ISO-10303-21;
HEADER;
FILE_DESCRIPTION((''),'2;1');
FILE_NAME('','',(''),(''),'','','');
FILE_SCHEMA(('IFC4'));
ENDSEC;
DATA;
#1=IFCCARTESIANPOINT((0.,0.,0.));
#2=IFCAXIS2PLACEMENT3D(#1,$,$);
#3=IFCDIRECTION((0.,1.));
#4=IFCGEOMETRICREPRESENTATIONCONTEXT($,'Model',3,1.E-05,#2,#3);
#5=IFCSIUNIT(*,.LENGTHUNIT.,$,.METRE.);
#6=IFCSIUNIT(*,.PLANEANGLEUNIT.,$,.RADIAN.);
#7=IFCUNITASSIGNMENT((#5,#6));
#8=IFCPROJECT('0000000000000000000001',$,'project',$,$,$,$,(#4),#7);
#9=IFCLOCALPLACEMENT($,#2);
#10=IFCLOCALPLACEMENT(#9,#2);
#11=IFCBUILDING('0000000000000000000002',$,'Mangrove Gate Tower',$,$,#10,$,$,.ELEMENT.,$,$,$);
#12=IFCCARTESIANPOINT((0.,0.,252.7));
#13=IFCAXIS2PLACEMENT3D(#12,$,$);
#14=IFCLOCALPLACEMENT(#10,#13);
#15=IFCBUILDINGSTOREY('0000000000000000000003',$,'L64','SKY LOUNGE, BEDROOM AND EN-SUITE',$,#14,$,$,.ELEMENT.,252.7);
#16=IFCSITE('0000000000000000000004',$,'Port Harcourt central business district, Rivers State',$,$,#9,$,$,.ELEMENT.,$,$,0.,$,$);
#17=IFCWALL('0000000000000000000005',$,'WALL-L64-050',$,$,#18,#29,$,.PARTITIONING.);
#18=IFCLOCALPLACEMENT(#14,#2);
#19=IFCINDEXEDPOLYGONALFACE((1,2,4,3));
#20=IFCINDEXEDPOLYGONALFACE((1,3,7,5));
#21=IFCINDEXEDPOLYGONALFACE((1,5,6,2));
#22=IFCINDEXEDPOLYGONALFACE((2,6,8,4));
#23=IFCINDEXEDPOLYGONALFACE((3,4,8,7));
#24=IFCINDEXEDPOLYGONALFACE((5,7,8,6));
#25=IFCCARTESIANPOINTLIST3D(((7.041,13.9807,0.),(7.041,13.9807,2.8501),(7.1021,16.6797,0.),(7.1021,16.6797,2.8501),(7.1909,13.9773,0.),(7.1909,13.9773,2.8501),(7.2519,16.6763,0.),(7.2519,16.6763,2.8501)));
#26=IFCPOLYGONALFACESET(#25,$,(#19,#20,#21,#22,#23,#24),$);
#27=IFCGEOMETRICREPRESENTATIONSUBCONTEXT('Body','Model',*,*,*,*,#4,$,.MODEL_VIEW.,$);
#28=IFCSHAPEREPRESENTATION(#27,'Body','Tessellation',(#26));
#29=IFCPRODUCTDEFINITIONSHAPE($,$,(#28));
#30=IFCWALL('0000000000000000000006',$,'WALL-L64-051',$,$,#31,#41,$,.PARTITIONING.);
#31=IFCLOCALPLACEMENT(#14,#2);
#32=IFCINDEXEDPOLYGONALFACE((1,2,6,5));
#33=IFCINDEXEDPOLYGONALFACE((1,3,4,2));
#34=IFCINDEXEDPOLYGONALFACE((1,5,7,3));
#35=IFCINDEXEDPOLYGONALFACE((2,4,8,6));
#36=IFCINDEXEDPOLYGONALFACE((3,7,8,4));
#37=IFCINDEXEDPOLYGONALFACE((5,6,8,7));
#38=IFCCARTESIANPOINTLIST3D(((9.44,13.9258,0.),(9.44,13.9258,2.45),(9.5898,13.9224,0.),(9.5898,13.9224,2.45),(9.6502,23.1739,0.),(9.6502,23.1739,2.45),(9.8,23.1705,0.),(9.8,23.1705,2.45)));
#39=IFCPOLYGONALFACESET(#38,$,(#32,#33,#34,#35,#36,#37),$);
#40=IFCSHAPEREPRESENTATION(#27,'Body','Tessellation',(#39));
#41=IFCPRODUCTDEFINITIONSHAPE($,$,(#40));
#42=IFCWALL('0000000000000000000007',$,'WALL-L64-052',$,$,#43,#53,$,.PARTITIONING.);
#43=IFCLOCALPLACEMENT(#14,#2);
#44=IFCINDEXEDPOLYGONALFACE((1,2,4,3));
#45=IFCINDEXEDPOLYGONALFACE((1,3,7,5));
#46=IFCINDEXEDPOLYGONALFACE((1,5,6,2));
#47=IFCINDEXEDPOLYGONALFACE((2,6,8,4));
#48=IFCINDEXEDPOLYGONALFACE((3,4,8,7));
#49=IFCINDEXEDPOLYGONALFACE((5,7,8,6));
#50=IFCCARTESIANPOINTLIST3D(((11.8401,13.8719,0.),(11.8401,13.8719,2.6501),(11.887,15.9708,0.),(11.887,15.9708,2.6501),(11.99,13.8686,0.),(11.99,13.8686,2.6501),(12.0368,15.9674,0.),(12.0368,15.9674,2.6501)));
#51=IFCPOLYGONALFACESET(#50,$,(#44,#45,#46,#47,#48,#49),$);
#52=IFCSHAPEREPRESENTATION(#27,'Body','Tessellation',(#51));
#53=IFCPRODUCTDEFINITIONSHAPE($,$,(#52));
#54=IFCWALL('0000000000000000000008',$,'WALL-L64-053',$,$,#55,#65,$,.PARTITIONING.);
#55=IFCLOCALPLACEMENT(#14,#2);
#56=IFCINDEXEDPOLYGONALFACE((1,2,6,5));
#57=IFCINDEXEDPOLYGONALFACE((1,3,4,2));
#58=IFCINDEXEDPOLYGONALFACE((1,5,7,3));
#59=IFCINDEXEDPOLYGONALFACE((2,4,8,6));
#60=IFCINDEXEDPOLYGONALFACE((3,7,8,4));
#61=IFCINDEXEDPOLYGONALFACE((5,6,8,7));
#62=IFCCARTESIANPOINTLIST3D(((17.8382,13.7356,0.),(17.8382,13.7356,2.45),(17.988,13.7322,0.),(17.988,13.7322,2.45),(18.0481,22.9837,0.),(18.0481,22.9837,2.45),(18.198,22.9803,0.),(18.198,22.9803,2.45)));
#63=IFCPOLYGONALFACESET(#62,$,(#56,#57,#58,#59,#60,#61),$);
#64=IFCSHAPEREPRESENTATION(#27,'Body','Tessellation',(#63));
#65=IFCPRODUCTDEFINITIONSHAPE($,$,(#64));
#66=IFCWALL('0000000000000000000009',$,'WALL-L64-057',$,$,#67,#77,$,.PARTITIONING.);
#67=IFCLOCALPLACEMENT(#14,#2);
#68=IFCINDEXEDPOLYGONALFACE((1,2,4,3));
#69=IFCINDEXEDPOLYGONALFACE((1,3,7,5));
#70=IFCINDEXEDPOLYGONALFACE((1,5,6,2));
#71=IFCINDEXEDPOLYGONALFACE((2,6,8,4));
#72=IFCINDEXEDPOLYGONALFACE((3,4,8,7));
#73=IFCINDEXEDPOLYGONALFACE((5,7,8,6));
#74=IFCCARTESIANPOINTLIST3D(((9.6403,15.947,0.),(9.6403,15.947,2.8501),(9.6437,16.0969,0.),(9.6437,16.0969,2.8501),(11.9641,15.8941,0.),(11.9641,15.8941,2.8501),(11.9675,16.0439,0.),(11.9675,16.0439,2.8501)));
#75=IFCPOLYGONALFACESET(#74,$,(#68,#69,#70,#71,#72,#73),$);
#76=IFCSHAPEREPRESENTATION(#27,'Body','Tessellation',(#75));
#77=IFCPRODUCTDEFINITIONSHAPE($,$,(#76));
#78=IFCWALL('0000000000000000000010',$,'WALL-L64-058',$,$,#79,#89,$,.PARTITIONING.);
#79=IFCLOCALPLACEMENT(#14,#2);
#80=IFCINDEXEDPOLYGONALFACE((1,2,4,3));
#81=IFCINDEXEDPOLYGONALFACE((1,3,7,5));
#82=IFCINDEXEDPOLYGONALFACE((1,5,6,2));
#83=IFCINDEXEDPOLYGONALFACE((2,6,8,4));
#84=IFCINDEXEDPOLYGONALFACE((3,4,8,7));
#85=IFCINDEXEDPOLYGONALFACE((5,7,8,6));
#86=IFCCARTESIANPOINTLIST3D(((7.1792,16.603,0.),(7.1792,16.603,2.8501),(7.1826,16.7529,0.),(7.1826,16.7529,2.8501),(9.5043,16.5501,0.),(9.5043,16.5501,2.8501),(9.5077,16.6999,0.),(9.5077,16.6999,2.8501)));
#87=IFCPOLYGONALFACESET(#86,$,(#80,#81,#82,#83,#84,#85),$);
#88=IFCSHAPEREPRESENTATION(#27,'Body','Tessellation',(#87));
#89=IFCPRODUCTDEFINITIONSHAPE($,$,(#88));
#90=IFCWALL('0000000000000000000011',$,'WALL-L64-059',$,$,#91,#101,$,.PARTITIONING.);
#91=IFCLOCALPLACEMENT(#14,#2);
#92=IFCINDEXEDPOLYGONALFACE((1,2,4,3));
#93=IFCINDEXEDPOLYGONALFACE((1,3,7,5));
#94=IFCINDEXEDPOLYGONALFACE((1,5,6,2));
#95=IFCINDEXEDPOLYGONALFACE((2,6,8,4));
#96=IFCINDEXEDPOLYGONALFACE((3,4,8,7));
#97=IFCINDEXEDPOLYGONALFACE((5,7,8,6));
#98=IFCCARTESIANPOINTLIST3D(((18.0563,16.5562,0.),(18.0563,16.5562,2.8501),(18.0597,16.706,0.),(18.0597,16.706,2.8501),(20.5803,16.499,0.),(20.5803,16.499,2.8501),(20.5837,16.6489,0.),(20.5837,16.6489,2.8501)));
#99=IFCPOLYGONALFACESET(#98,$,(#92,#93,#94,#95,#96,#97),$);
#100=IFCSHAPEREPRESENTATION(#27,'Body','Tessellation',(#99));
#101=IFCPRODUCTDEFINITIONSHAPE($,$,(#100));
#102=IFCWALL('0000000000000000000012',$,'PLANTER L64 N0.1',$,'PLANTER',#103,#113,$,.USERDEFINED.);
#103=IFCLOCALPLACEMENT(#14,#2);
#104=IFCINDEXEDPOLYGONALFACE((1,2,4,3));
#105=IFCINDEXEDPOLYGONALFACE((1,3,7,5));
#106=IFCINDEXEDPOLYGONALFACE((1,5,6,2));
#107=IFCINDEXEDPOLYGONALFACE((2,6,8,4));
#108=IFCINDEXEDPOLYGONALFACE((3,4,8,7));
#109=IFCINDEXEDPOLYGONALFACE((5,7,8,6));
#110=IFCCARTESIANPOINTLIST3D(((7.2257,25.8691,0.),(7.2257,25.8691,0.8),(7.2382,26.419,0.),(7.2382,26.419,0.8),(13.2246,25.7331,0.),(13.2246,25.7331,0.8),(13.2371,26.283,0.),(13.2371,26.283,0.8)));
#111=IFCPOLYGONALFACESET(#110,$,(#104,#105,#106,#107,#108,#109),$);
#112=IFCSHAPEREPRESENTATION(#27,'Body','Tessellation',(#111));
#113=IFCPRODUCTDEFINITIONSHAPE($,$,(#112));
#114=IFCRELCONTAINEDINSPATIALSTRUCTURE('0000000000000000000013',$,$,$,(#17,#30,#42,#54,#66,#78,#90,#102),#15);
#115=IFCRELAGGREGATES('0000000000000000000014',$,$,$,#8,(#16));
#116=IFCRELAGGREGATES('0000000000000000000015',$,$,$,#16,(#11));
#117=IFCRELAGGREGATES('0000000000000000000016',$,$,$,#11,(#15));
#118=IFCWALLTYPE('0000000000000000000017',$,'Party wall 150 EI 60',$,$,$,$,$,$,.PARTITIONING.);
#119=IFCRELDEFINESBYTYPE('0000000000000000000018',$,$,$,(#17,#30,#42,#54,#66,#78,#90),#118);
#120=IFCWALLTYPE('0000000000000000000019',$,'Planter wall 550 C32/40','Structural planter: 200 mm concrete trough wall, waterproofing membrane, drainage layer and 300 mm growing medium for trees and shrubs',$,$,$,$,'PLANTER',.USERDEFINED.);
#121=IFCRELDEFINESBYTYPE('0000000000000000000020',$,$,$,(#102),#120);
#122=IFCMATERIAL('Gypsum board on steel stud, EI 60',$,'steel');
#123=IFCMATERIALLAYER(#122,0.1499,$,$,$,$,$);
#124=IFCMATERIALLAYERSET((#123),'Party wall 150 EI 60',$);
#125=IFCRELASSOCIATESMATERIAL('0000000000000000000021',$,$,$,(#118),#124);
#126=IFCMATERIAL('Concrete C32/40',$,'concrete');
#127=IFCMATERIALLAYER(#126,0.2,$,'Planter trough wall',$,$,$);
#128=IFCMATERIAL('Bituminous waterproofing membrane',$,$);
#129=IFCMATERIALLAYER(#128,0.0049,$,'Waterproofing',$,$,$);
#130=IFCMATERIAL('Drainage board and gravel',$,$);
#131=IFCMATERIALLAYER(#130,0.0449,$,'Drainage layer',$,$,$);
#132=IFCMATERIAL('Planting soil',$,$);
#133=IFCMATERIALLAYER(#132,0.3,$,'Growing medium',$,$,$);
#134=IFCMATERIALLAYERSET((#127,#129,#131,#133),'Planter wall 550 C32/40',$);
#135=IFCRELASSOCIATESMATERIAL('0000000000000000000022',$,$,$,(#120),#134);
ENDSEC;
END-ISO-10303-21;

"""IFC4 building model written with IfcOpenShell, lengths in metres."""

from ifc_helpers import new_model, si_unit, direction, frame, frame_2d, origin, place, context, subcontext, project, spatial, rectangle, extrude, material, layer, layer_set, type_object, element, save


model = new_model("IFC4")

# Units and contexts
model_context = context("Model", 3, precision=1e-05, world=origin(), true_north=direction((0.0, 1.0)))
body_context = subcontext(model_context, "Body", "Model", "MODEL_VIEW")
ifc_project = project(units=[si_unit("LENGTHUNIT", "METRE"), si_unit("PLANEANGLEUNIT", "RADIAN")], contexts=[model_context])

# Site, building, storey
site_placement = place(None, origin())
site = spatial("IfcSite", under=ifc_project, at=site_placement, Name="Port Harcourt central business district, Rivers State", CompositionType="ELEMENT", RefElevation=0.0)
building_placement = place(site_placement, origin())
building = spatial("IfcBuilding", under=site, at=building_placement, Name="Mangrove Gate Tower", CompositionType="ELEMENT")
storey_placement = place(building_placement, frame((0.0, 0.0, 252.7)))
storey = spatial("IfcBuildingStorey", under=building, at=storey_placement, Name="L64", Description="SKY LOUNGE, BEDROOM AND EN-SUITE", CompositionType="ELEMENT", Elevation=252.7)

# Walls
ifc_material_1 = material(Name="Gypsum board on steel stud, EI 60", Category="steel")
ifc_layer_1 = layer(ifc_material_1, 0.1499)
ifc_layer_set_1 = layer_set([ifc_layer_1], Name="Party wall 150 EI 60")
wall_type_1 = type_object("IfcWallType", Name="Party wall 150 EI 60", PredefinedType="PARTITIONING", material=ifc_layer_set_1)
wall_1_placement = place(storey_placement, frame((7.116, 13.979, 0.0), z_axis=(0.0, 0.0, 1.0), x_axis=(0.022608, 0.999744, 0.0)))
element("IfcWall", 1, at=wall_1_placement, inside=storey, type_object=wall_type_1, Name="WALL-L64-050", PredefinedType="PARTITIONING", context=body_context, shape_type="SweptSolid", body=[
    extrude(rectangle(XDim=2.6997, YDim=0.1499, at=frame_2d((1.3499, 0.0))), origin(), (0.0, 0.0, 1.0), 2.8501),
])
wall_2_placement = place(storey_placement, frame((9.5149, 13.9241, 0.0), z_axis=(0.0, 0.0, 1.0), x_axis=(0.022724, 0.999742, 0.0)))
element("IfcWall", 2, at=wall_2_placement, inside=storey, type_object=wall_type_1, Name="WALL-L64-051", PredefinedType="PARTITIONING", context=body_context, shape_type="SweptSolid", body=[
    extrude(rectangle(XDim=9.2505, YDim=0.1499, at=frame_2d((4.6252, 0.0))), origin(), (0.0, 0.0, 1.0), 2.45),
])
wall_3_placement = place(storey_placement, frame((11.915, 13.8701, 0.0), z_axis=(0.0, 0.0, 1.0), x_axis=(0.022328, 0.999751, 0.0)))
element("IfcWall", 3, at=wall_3_placement, inside=storey, type_object=wall_type_1, Name="WALL-L64-052", PredefinedType="PARTITIONING", context=body_context, shape_type="SweptSolid", body=[
    extrude(rectangle(XDim=2.0994, YDim=0.1499, at=frame_2d((1.0498, 0.0))), origin(), (0.0, 0.0, 1.0), 2.6501),
])
wall_4_placement = place(storey_placement, frame((17.9131, 13.7339, 0.0), z_axis=(0.0, 0.0, 1.0), x_axis=(0.022697, 0.999742, 0.0)))
element("IfcWall", 4, at=wall_4_placement, inside=storey, type_object=wall_type_1, Name="WALL-L64-053", PredefinedType="PARTITIONING", context=body_context, shape_type="SweptSolid", body=[
    extrude(rectangle(XDim=9.2505, YDim=0.1499, at=frame_2d((4.6252, 0.0))), origin(), (0.0, 0.0, 1.0), 2.45),
])
wall_5_placement = place(storey_placement, frame((9.6421, 16.022, 0.0), z_axis=(0.0, 0.0, 1.0), x_axis=(0.99974, -0.022791, 0.0)))
element("IfcWall", 5, at=wall_5_placement, inside=storey, type_object=wall_type_1, Name="WALL-L64-057", PredefinedType="PARTITIONING", context=body_context, shape_type="SweptSolid", body=[
    extrude(rectangle(XDim=2.3245, YDim=0.1499, at=frame_2d((1.1621, 0.0))), origin(), (0.0, 0.0, 1.0), 2.8501),
])
wall_6_placement = place(storey_placement, frame((7.1809, 16.678, 0.0), z_axis=(0.0, 0.0, 1.0), x_axis=(0.999741, -0.022779, 0.0)))
element("IfcWall", 6, at=wall_6_placement, inside=storey, type_object=wall_type_1, Name="WALL-L64-058", PredefinedType="PARTITIONING", context=body_context, shape_type="SweptSolid", body=[
    extrude(rectangle(XDim=2.3257, YDim=0.1499, at=frame_2d((1.1628, 0.0))), origin(), (0.0, 0.0, 1.0), 2.8501),
])
wall_7_placement = place(storey_placement, frame((18.0581, 16.6311, 0.0), z_axis=(0.0, 0.0, 1.0), x_axis=(0.999744, -0.022629, 0.0)))
element("IfcWall", 7, at=wall_7_placement, inside=storey, type_object=wall_type_1, Name="WALL-L64-059", PredefinedType="PARTITIONING", context=body_context, shape_type="SweptSolid", body=[
    extrude(rectangle(XDim=2.5247, YDim=0.1499, at=frame_2d((1.2622, 0.0))), origin(), (0.0, 0.0, 1.0), 2.8501),
])
ifc_material_2 = material(Name="Concrete C32/40", Category="concrete")
ifc_layer_2 = layer(ifc_material_2, 0.2, Name="Planter trough wall")
ifc_material_3 = material(Name="Bituminous waterproofing membrane")
ifc_layer_3 = layer(ifc_material_3, 0.0049, Name="Waterproofing")
ifc_material_4 = material(Name="Drainage board and gravel")
ifc_layer_4 = layer(ifc_material_4, 0.0449, Name="Drainage layer")
ifc_material_5 = material(Name="Planting soil")
ifc_layer_5 = layer(ifc_material_5, 0.3, Name="Growing medium")
ifc_layer_set_2 = layer_set([ifc_layer_2, ifc_layer_3, ifc_layer_4, ifc_layer_5], Name="Planter wall 550 C32/40")
wall_type_2 = type_object("IfcWallType", Name="Planter wall 550 C32/40", Description="Structural planter: 200 mm concrete trough wall, waterproofing membrane, drainage layer and 300 mm growing medium for trees and shrubs", ElementType="PLANTER", PredefinedType="USERDEFINED", material=ifc_layer_set_2)
wall_8_placement = place(storey_placement, frame((7.2319, 26.144, 0.0), z_axis=(0.0, 0.0, 1.0), x_axis=(0.999743, -0.022662, 0.0)))
element("IfcWall", 8, at=wall_8_placement, inside=storey, type_object=wall_type_2, Name="PLANTER L64 N0.1", ObjectType="PLANTER", PredefinedType="USERDEFINED", context=body_context, shape_type="SweptSolid", body=[
    extrude(rectangle(XDim=6.0005, YDim=0.55, at=frame_2d((3.0002, 0.0))), origin(), (0.0, 0.0, 1.0), 0.8),
])

save(model, "model.ifc")
